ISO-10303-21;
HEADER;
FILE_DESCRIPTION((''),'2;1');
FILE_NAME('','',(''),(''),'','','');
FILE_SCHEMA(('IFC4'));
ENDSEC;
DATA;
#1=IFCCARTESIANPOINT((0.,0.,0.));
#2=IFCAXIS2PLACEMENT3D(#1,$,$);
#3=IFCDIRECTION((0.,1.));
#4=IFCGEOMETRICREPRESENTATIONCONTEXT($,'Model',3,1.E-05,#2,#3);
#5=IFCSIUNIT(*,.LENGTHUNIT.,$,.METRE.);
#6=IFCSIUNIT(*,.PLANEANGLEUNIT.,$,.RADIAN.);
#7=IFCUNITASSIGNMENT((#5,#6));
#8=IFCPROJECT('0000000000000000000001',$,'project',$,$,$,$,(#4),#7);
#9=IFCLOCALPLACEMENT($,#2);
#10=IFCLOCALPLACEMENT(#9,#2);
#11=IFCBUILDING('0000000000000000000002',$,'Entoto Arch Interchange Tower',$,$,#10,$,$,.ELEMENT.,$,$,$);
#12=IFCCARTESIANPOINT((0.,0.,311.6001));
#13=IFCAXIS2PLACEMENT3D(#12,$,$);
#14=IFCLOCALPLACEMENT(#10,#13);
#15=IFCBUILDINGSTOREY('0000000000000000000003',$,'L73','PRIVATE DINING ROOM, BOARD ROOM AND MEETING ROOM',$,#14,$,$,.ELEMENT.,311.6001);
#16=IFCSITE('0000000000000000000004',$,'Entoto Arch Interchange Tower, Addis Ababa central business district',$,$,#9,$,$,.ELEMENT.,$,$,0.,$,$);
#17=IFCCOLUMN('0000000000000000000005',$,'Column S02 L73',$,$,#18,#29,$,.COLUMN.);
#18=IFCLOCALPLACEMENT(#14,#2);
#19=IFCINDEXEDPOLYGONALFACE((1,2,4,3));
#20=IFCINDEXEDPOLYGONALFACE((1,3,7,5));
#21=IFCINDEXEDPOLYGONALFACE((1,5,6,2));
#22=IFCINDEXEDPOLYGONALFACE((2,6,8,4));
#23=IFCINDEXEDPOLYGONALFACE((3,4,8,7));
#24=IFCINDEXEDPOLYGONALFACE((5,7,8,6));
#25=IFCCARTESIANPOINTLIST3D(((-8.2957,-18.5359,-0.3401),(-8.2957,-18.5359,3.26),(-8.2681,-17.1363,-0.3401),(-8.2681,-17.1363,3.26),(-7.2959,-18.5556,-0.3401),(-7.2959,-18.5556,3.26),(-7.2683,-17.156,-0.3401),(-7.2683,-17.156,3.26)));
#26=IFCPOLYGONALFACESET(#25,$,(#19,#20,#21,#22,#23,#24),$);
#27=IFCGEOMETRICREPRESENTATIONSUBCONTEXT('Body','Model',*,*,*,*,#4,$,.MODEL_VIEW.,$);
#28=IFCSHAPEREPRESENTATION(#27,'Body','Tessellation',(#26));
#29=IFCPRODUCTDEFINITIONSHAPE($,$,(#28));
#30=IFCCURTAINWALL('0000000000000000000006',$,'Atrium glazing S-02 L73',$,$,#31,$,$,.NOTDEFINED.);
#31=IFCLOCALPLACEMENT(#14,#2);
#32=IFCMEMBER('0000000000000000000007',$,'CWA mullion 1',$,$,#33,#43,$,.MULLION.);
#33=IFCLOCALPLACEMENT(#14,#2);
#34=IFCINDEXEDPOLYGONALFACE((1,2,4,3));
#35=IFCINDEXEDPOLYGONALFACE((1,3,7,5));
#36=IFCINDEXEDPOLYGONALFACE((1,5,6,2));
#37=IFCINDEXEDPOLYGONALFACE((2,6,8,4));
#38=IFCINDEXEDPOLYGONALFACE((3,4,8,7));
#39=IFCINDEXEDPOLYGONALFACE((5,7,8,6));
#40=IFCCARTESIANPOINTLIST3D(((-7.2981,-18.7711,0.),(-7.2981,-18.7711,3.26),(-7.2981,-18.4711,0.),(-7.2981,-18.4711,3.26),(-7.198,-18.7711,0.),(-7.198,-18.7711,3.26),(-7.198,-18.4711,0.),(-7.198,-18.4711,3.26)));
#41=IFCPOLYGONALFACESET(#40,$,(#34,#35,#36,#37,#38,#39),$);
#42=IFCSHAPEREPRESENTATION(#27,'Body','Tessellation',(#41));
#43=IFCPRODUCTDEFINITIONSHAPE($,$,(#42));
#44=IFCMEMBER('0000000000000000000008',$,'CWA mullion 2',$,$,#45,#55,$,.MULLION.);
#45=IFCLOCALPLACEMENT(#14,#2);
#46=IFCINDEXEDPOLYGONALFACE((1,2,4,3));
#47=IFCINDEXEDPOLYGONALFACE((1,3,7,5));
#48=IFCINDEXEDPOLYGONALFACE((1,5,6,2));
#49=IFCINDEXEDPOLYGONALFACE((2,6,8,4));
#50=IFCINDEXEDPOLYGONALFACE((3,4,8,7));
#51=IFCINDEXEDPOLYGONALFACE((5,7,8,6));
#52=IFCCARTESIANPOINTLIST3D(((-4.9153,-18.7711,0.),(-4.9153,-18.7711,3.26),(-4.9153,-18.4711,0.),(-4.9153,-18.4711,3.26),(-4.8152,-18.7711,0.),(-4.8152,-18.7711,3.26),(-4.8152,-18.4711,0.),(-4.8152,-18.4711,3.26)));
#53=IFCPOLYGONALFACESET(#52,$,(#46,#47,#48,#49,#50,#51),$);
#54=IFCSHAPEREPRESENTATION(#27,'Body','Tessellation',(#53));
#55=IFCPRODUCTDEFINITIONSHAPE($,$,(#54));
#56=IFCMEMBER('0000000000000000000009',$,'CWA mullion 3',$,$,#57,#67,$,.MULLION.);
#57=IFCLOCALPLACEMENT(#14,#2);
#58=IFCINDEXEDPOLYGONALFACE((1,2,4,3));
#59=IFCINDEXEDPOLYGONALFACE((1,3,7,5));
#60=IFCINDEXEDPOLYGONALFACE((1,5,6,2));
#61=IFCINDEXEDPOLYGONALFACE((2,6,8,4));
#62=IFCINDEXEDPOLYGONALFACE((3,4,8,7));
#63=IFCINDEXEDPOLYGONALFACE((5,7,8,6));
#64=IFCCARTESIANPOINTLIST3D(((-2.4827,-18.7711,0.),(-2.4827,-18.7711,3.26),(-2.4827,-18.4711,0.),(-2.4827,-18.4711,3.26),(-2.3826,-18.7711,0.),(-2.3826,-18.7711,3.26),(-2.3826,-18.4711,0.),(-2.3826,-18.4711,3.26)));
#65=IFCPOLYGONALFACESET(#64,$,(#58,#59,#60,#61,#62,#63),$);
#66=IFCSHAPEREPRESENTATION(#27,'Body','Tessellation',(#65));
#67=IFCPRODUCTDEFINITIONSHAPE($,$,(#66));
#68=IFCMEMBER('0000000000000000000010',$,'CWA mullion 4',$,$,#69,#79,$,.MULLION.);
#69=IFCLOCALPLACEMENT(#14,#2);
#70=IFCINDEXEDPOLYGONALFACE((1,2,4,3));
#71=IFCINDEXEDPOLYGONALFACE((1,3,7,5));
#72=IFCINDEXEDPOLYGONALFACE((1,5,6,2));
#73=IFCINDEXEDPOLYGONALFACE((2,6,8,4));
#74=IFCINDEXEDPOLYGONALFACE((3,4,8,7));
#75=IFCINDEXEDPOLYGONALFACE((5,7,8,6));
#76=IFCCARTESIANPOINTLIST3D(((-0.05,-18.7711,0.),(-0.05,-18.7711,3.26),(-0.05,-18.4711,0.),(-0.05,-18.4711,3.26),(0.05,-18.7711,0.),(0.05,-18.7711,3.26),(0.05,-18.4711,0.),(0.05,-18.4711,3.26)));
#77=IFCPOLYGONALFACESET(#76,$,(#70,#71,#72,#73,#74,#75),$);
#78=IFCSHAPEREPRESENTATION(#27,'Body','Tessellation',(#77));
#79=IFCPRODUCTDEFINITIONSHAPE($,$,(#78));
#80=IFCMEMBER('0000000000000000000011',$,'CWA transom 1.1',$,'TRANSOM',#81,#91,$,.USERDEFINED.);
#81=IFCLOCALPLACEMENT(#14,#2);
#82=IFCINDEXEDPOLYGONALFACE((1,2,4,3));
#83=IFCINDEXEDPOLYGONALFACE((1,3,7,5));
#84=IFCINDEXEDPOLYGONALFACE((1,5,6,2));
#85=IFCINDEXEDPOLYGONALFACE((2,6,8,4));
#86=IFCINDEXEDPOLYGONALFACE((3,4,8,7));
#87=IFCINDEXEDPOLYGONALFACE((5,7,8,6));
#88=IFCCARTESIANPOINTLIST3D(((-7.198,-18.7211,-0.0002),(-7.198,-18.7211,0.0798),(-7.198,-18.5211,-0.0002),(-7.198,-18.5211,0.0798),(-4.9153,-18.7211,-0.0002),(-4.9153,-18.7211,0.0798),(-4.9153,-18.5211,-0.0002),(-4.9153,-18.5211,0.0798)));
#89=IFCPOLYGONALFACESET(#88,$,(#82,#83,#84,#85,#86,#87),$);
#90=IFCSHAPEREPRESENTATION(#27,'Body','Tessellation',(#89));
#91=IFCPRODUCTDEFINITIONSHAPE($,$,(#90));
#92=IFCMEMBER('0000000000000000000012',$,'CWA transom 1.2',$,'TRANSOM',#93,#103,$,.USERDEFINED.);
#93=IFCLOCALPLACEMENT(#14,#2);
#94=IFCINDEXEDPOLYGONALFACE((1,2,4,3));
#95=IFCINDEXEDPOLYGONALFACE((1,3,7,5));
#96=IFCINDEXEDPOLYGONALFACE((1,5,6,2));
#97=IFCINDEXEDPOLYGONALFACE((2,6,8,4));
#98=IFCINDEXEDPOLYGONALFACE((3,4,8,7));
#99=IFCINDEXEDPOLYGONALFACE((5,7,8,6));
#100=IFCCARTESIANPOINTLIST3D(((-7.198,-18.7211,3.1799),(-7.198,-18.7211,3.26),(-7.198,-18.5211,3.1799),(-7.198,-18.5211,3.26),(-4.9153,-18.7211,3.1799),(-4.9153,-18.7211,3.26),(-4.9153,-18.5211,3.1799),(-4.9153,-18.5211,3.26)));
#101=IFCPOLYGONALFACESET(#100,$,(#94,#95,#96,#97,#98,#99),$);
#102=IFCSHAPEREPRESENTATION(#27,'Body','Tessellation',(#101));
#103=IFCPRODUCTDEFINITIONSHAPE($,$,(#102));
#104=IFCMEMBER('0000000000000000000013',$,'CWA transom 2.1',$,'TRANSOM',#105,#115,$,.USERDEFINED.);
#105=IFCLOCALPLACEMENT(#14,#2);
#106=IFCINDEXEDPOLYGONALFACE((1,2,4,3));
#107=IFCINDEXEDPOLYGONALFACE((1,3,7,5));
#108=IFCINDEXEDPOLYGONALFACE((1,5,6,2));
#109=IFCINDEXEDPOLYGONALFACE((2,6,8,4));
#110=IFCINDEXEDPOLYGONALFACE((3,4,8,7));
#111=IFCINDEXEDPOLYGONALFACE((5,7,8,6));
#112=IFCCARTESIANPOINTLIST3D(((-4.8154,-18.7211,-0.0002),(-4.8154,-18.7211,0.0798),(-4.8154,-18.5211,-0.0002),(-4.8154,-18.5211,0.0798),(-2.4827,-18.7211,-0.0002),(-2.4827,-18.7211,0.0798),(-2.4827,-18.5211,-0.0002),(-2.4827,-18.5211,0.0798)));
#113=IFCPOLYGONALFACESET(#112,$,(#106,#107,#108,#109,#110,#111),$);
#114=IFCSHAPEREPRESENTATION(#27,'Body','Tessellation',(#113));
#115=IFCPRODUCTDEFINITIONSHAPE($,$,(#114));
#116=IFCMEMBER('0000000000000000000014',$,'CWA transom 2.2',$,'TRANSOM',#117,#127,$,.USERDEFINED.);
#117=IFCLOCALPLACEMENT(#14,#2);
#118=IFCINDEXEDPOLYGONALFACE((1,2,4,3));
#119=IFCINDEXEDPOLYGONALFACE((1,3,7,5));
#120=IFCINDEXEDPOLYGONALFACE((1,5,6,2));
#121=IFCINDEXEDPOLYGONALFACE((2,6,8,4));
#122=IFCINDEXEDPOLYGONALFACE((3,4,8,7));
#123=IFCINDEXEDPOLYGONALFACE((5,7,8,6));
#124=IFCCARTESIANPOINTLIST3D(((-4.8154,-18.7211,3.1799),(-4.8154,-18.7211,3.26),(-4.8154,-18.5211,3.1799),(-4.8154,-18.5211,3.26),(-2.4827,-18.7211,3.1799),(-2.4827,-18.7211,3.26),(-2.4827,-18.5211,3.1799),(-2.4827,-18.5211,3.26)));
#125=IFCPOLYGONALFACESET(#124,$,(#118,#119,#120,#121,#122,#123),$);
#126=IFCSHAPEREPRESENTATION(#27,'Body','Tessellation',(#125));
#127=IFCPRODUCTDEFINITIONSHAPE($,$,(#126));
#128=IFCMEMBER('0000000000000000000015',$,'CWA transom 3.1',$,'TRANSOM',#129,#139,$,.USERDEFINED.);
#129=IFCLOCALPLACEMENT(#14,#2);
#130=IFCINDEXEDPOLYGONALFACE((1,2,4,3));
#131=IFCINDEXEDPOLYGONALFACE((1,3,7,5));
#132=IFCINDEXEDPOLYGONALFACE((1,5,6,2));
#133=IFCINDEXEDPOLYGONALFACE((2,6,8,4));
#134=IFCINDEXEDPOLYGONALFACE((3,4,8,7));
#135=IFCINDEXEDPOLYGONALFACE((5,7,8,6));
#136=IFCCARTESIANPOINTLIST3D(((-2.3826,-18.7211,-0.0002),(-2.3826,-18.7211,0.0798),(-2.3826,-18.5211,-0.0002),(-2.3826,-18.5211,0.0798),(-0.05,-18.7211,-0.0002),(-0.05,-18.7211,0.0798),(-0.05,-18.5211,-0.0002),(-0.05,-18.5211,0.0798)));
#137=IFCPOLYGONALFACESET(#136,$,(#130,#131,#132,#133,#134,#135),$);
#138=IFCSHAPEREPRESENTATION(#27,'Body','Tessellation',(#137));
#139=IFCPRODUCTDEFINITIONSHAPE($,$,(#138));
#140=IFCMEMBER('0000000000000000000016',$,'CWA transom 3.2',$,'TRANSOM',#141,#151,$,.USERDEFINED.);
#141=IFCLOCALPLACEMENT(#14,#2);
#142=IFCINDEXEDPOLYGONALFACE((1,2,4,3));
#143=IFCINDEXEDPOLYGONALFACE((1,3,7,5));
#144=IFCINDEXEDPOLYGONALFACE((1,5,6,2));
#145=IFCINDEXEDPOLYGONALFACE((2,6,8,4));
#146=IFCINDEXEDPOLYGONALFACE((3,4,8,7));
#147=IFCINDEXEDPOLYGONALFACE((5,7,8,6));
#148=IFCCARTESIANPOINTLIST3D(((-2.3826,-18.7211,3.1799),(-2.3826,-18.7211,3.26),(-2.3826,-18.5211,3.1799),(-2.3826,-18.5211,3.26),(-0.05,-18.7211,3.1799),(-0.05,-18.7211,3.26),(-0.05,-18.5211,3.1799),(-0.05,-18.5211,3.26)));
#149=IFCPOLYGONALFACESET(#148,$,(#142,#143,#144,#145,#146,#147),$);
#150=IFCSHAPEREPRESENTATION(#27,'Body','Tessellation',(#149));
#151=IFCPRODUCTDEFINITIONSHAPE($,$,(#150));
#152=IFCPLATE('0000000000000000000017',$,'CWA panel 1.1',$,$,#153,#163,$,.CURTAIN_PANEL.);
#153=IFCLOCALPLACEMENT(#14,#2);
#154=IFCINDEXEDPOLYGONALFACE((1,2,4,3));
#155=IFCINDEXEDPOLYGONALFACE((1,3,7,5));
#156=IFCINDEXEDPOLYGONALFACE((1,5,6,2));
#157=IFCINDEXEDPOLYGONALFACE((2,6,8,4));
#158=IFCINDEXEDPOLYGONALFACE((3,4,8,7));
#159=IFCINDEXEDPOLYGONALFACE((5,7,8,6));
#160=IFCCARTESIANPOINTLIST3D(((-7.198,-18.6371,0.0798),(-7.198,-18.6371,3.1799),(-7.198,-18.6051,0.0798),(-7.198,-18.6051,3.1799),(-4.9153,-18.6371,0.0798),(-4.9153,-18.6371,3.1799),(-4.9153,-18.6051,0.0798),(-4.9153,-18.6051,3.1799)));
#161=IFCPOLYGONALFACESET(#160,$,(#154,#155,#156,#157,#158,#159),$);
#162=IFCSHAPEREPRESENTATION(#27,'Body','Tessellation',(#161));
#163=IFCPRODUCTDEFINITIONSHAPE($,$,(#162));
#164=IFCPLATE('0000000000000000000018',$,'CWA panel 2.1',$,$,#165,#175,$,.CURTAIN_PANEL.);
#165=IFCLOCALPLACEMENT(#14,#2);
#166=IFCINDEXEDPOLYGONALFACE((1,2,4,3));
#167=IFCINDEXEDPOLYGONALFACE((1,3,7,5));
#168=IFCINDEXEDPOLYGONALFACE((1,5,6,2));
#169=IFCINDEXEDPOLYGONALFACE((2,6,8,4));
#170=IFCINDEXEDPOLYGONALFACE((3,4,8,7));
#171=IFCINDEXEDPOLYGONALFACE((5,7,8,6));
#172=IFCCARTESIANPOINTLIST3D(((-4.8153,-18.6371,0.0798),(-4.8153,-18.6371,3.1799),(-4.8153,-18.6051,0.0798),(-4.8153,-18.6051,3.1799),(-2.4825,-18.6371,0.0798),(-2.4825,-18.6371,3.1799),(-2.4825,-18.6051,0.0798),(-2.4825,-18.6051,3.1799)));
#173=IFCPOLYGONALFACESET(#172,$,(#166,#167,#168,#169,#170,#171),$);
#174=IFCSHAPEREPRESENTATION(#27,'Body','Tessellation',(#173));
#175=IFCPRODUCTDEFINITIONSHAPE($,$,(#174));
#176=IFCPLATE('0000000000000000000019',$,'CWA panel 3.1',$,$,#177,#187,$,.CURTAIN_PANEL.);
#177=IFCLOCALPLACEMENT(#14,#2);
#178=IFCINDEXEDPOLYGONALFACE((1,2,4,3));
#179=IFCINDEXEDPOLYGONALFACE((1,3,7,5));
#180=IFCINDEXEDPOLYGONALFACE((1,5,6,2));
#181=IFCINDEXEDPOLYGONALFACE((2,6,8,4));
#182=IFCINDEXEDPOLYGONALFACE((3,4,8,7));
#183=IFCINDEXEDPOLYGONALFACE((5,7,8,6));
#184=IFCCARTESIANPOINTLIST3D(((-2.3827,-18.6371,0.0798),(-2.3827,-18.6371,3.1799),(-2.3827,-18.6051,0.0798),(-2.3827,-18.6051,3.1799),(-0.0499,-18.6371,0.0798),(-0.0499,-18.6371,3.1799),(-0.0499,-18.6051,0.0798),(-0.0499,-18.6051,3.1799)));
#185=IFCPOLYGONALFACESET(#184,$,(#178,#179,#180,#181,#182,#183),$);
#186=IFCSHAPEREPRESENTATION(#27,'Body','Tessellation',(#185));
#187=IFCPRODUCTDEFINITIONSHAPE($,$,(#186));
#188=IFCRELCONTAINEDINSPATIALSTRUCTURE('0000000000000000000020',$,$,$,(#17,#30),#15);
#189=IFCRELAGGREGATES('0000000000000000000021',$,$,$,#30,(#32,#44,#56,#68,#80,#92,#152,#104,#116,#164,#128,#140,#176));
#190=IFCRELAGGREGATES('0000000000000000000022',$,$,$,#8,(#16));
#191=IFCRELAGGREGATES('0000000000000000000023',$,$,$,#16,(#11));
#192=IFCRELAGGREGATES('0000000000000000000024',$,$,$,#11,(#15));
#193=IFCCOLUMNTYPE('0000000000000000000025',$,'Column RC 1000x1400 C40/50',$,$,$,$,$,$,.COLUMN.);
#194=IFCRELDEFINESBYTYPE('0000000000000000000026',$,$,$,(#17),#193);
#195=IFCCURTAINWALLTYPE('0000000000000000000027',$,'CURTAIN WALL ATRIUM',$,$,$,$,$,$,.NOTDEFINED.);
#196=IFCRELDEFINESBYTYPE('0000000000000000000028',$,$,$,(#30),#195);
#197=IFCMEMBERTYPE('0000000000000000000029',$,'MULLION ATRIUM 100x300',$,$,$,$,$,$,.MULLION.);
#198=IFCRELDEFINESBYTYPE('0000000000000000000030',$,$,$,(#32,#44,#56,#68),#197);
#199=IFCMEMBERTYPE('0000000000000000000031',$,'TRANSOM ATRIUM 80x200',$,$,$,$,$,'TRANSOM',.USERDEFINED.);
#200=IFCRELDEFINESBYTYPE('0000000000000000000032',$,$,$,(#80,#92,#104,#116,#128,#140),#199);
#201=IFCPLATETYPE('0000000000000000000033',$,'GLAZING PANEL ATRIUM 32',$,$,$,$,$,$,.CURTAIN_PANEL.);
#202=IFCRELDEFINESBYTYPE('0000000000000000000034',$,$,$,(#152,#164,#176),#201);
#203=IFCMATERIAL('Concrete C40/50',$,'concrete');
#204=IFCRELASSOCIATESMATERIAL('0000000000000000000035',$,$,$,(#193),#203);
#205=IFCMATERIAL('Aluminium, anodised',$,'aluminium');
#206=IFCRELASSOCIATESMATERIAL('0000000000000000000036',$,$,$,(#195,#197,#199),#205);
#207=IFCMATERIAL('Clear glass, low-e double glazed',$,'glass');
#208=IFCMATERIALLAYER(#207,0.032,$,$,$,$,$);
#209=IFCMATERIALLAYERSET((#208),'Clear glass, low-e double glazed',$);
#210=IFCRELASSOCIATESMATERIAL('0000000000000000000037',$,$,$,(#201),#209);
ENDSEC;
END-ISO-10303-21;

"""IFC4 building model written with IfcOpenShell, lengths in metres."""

from ifc_helpers import new_model, si_unit, direction, frame, origin, origin_2d, place, context, subcontext, project, spatial, rectangle, extrude, material, layer, layer_set, material_profile, profile_set, type_object, element, aggregate, save


model = new_model("IFC4")

# Units and contexts
model_context = context("Model", 3, precision=1e-05, world=origin(), true_north=direction((0.0, 1.0)))
body_context = subcontext(model_context, "Body", "Model", "MODEL_VIEW")
ifc_project = project(units=[si_unit("LENGTHUNIT", "METRE"), si_unit("PLANEANGLEUNIT", "RADIAN")], contexts=[model_context])

# Site, building, storey
site_placement = place(None, origin())
site = spatial("IfcSite", under=ifc_project, at=site_placement, Name="Entoto Arch Interchange Tower, Addis Ababa central business district", CompositionType="ELEMENT", RefElevation=0.0)
building_placement = place(site_placement, origin())
building = spatial("IfcBuilding", under=site, at=building_placement, Name="Entoto Arch Interchange Tower", CompositionType="ELEMENT")
storey_placement = place(building_placement, frame((0.0, 0.0, 311.6001)))
storey = spatial("IfcBuildingStorey", under=building, at=storey_placement, Name="L73", Description="PRIVATE DINING ROOM, BOARD ROOM AND MEETING ROOM", CompositionType="ELEMENT", Elevation=311.6001)

# Column
ifc_material_1 = material(Name="Concrete C40/50", Category="concrete")
ifc_material_profile_1 = material_profile(ifc_material_1, rectangle(XDim=1.0, YDim=1.3999, at=origin_2d()))
ifc_profile_set_1 = profile_set([ifc_material_profile_1], Name="Concrete C40/50")
column_type = type_object("IfcColumnType", Name="Column RC 1000x1400 C40/50", PredefinedType="COLUMN", material=ifc_profile_set_1)
column_placement = place(storey_placement, frame((-7.782, -17.8459, -0.3401), z_axis=(0.0, 0.0, 1.0), x_axis=(-0.999806, 0.019721, 0.0)))
element("IfcColumn", 1, at=column_placement, inside=storey, type_object=column_type, Name="Column S02 L73", PredefinedType="COLUMN", context=body_context, shape_type="SweptSolid", body=[
    extrude(rectangle(XDim=1.0, YDim=1.3999, at=origin_2d()), origin(), (0.0, 0.0, 1.0), 3.6001),
])

# Curtain wall, members, plates
ifc_material_2 = material(Name="Aluminium, anodised", Category="aluminium")
curtain_wall_type = type_object("IfcCurtainWallType", Name="CURTAIN WALL ATRIUM", PredefinedType="NOTDEFINED", material=ifc_material_2)
curtain_wall_placement = place(storey_placement, origin())
curtain_wall = element("IfcCurtainWall", 2, at=curtain_wall_placement, inside=storey, type_object=curtain_wall_type, Name="Atrium glazing S-02 L73", PredefinedType="NOTDEFINED")
ifc_material_profile_2 = material_profile(ifc_material_2, rectangle(XDim=0.3, YDim=0.1001, at=origin_2d()))
ifc_profile_set_2 = profile_set([ifc_material_profile_2], Name="Aluminium, anodised")
member_type_1 = type_object("IfcMemberType", Name="MULLION ATRIUM 100x300", PredefinedType="MULLION", material=ifc_profile_set_2)
member_1_placement = place(storey_placement, frame((-7.248, -18.6211, 0.0), z_axis=(0.0, 0.0, 1.0), x_axis=(0.0, 1.0, 0.0)))
member_1 = element("IfcMember", 3, at=member_1_placement, type_object=member_type_1, Name="CWA mullion 1", PredefinedType="MULLION", context=body_context, shape_type="SweptSolid", body=[
    extrude(rectangle(XDim=0.3, YDim=0.1001, at=origin_2d()), origin(), (0.0, 0.0, 1.0), 3.26),
])
member_2_placement = place(storey_placement, frame((-4.8652, -18.6211, 0.0), z_axis=(0.0, 0.0, 1.0), x_axis=(0.0, 1.0, 0.0)))
member_2 = element("IfcMember", 4, at=member_2_placement, type_object=member_type_1, Name="CWA mullion 2", PredefinedType="MULLION", context=body_context, shape_type="SweptSolid", body=[
    extrude(rectangle(XDim=0.3, YDim=0.1001, at=origin_2d()), origin(), (0.0, 0.0, 1.0), 3.26),
])
member_3_placement = place(storey_placement, frame((-2.4326, -18.6211, 0.0), z_axis=(0.0, 0.0, 1.0), x_axis=(0.0, 1.0, 0.0)))
member_3 = element("IfcMember", 5, at=member_3_placement, type_object=member_type_1, Name="CWA mullion 3", PredefinedType="MULLION", context=body_context, shape_type="SweptSolid", body=[
    extrude(rectangle(XDim=0.3, YDim=0.1001, at=origin_2d()), origin(), (0.0, 0.0, 1.0), 3.26),
])
member_4_placement = place(storey_placement, frame((0.0, -18.6211, 0.0), z_axis=(0.0, 0.0, 1.0), x_axis=(0.0, 1.0, 0.0)))
member_4 = element("IfcMember", 6, at=member_4_placement, type_object=member_type_1, Name="CWA mullion 4", PredefinedType="MULLION", context=body_context, shape_type="SweptSolid", body=[
    extrude(rectangle(XDim=0.3, YDim=0.1001, at=origin_2d()), origin(), (0.0, 0.0, 1.0), 3.26),
])
ifc_material_profile_3 = material_profile(ifc_material_2, rectangle(XDim=0.2, YDim=0.0801, at=origin_2d()))
ifc_profile_set_3 = profile_set([ifc_material_profile_3], Name="Aluminium, anodised")
member_type_2 = type_object("IfcMemberType", Name="TRANSOM ATRIUM 80x200", ElementType="TRANSOM", PredefinedType="USERDEFINED", material=ifc_profile_set_3)
member_5_placement = place(storey_placement, frame((-7.198, -18.6211, 0.0398), z_axis=(1.0, 0.0, 0.0), x_axis=(0.0, 1.0, 0.0)))
member_5 = element("IfcMember", 7, at=member_5_placement, type_object=member_type_2, Name="CWA transom 1.1", ObjectType="TRANSOM", PredefinedType="USERDEFINED", context=body_context, shape_type="SweptSolid", body=[
    extrude(rectangle(XDim=0.2, YDim=0.0801, at=origin_2d()), origin(), (0.0, 0.0, 1.0), 2.2827),
])
member_6_placement = place(storey_placement, frame((-7.198, -18.6211, 3.22), z_axis=(1.0, 0.0, 0.0), x_axis=(0.0, 1.0, 0.0)))
member_6 = element("IfcMember", 8, at=member_6_placement, type_object=member_type_2, Name="CWA transom 1.2", ObjectType="TRANSOM", PredefinedType="USERDEFINED", context=body_context, shape_type="SweptSolid", body=[
    extrude(rectangle(XDim=0.2, YDim=0.0801, at=origin_2d()), origin(), (0.0, 0.0, 1.0), 2.2827),
])
member_7_placement = place(storey_placement, frame((-4.8154, -18.6211, 0.0398), z_axis=(1.0, 0.0, 0.0), x_axis=(0.0, 1.0, 0.0)))
member_7 = element("IfcMember", 9, at=member_7_placement, type_object=member_type_2, Name="CWA transom 2.1", ObjectType="TRANSOM", PredefinedType="USERDEFINED", context=body_context, shape_type="SweptSolid", body=[
    extrude(rectangle(XDim=0.2, YDim=0.0801, at=origin_2d()), origin(), (0.0, 0.0, 1.0), 2.3328),
])
member_8_placement = place(storey_placement, frame((-4.8154, -18.6211, 3.22), z_axis=(1.0, 0.0, 0.0), x_axis=(0.0, 1.0, 0.0)))
member_8 = element("IfcMember", 10, at=member_8_placement, type_object=member_type_2, Name="CWA transom 2.2", ObjectType="TRANSOM", PredefinedType="USERDEFINED", context=body_context, shape_type="SweptSolid", body=[
    extrude(rectangle(XDim=0.2, YDim=0.0801, at=origin_2d()), origin(), (0.0, 0.0, 1.0), 2.3328),
])
member_9_placement = place(storey_placement, frame((-2.3826, -18.6211, 0.0398), z_axis=(1.0, 0.0, 0.0), x_axis=(0.0, 1.0, 0.0)))
member_9 = element("IfcMember", 11, at=member_9_placement, type_object=member_type_2, Name="CWA transom 3.1", ObjectType="TRANSOM", PredefinedType="USERDEFINED", context=body_context, shape_type="SweptSolid", body=[
    extrude(rectangle(XDim=0.2, YDim=0.0801, at=origin_2d()), origin(), (0.0, 0.0, 1.0), 2.3325),
])
member_10_placement = place(storey_placement, frame((-2.3826, -18.6211, 3.22), z_axis=(1.0, 0.0, 0.0), x_axis=(0.0, 1.0, 0.0)))
member_10 = element("IfcMember", 12, at=member_10_placement, type_object=member_type_2, Name="CWA transom 3.2", ObjectType="TRANSOM", PredefinedType="USERDEFINED", context=body_context, shape_type="SweptSolid", body=[
    extrude(rectangle(XDim=0.2, YDim=0.0801, at=origin_2d()), origin(), (0.0, 0.0, 1.0), 2.3325),
])
ifc_material_3 = material(Name="Clear glass, low-e double glazed", Category="glass")
ifc_layer_1 = layer(ifc_material_3, 0.032)
ifc_layer_set_1 = layer_set([ifc_layer_1], Name="Clear glass, low-e double glazed")
plate_type = type_object("IfcPlateType", Name="GLAZING PANEL ATRIUM 32", PredefinedType="CURTAIN_PANEL", material=ifc_layer_set_1)
plate_1_placement = place(storey_placement, frame((-6.0566, -18.6211, 0.0798), z_axis=(0.0, 0.0, 1.0), x_axis=(1.0, 0.0, 0.0)))
plate_1 = element("IfcPlate", 13, at=plate_1_placement, type_object=plate_type, Name="CWA panel 1.1", PredefinedType="CURTAIN_PANEL", context=body_context, shape_type="SweptSolid", body=[
    extrude(rectangle(XDim=2.2827, YDim=0.032, at=origin_2d()), origin(), (0.0, 0.0, 1.0), 3.1001),
])
plate_2_placement = place(storey_placement, frame((-3.6489, -18.6211, 0.0798), z_axis=(0.0, 0.0, 1.0), x_axis=(1.0, 0.0, 0.0)))
plate_2 = element("IfcPlate", 14, at=plate_2_placement, type_object=plate_type, Name="CWA panel 2.1", PredefinedType="CURTAIN_PANEL", context=body_context, shape_type="SweptSolid", body=[
    extrude(rectangle(XDim=2.3328, YDim=0.032, at=origin_2d()), origin(), (0.0, 0.0, 1.0), 3.1001),
])
plate_3_placement = place(storey_placement, frame((-1.2163, -18.6211, 0.0798), z_axis=(0.0, 0.0, 1.0), x_axis=(1.0, 0.0, 0.0)))
plate_3 = element("IfcPlate", 15, at=plate_3_placement, type_object=plate_type, Name="CWA panel 3.1", PredefinedType="CURTAIN_PANEL", context=body_context, shape_type="SweptSolid", body=[
    extrude(rectangle(XDim=2.3328, YDim=0.032, at=origin_2d()), origin(), (0.0, 0.0, 1.0), 3.1001),
])
aggregate(curtain_wall, [member_1, member_2, member_3, member_4, member_5, member_6, plate_1, member_7, member_8, plate_2, member_9, member_10, plate_3])

save(model, "model.ifc")
